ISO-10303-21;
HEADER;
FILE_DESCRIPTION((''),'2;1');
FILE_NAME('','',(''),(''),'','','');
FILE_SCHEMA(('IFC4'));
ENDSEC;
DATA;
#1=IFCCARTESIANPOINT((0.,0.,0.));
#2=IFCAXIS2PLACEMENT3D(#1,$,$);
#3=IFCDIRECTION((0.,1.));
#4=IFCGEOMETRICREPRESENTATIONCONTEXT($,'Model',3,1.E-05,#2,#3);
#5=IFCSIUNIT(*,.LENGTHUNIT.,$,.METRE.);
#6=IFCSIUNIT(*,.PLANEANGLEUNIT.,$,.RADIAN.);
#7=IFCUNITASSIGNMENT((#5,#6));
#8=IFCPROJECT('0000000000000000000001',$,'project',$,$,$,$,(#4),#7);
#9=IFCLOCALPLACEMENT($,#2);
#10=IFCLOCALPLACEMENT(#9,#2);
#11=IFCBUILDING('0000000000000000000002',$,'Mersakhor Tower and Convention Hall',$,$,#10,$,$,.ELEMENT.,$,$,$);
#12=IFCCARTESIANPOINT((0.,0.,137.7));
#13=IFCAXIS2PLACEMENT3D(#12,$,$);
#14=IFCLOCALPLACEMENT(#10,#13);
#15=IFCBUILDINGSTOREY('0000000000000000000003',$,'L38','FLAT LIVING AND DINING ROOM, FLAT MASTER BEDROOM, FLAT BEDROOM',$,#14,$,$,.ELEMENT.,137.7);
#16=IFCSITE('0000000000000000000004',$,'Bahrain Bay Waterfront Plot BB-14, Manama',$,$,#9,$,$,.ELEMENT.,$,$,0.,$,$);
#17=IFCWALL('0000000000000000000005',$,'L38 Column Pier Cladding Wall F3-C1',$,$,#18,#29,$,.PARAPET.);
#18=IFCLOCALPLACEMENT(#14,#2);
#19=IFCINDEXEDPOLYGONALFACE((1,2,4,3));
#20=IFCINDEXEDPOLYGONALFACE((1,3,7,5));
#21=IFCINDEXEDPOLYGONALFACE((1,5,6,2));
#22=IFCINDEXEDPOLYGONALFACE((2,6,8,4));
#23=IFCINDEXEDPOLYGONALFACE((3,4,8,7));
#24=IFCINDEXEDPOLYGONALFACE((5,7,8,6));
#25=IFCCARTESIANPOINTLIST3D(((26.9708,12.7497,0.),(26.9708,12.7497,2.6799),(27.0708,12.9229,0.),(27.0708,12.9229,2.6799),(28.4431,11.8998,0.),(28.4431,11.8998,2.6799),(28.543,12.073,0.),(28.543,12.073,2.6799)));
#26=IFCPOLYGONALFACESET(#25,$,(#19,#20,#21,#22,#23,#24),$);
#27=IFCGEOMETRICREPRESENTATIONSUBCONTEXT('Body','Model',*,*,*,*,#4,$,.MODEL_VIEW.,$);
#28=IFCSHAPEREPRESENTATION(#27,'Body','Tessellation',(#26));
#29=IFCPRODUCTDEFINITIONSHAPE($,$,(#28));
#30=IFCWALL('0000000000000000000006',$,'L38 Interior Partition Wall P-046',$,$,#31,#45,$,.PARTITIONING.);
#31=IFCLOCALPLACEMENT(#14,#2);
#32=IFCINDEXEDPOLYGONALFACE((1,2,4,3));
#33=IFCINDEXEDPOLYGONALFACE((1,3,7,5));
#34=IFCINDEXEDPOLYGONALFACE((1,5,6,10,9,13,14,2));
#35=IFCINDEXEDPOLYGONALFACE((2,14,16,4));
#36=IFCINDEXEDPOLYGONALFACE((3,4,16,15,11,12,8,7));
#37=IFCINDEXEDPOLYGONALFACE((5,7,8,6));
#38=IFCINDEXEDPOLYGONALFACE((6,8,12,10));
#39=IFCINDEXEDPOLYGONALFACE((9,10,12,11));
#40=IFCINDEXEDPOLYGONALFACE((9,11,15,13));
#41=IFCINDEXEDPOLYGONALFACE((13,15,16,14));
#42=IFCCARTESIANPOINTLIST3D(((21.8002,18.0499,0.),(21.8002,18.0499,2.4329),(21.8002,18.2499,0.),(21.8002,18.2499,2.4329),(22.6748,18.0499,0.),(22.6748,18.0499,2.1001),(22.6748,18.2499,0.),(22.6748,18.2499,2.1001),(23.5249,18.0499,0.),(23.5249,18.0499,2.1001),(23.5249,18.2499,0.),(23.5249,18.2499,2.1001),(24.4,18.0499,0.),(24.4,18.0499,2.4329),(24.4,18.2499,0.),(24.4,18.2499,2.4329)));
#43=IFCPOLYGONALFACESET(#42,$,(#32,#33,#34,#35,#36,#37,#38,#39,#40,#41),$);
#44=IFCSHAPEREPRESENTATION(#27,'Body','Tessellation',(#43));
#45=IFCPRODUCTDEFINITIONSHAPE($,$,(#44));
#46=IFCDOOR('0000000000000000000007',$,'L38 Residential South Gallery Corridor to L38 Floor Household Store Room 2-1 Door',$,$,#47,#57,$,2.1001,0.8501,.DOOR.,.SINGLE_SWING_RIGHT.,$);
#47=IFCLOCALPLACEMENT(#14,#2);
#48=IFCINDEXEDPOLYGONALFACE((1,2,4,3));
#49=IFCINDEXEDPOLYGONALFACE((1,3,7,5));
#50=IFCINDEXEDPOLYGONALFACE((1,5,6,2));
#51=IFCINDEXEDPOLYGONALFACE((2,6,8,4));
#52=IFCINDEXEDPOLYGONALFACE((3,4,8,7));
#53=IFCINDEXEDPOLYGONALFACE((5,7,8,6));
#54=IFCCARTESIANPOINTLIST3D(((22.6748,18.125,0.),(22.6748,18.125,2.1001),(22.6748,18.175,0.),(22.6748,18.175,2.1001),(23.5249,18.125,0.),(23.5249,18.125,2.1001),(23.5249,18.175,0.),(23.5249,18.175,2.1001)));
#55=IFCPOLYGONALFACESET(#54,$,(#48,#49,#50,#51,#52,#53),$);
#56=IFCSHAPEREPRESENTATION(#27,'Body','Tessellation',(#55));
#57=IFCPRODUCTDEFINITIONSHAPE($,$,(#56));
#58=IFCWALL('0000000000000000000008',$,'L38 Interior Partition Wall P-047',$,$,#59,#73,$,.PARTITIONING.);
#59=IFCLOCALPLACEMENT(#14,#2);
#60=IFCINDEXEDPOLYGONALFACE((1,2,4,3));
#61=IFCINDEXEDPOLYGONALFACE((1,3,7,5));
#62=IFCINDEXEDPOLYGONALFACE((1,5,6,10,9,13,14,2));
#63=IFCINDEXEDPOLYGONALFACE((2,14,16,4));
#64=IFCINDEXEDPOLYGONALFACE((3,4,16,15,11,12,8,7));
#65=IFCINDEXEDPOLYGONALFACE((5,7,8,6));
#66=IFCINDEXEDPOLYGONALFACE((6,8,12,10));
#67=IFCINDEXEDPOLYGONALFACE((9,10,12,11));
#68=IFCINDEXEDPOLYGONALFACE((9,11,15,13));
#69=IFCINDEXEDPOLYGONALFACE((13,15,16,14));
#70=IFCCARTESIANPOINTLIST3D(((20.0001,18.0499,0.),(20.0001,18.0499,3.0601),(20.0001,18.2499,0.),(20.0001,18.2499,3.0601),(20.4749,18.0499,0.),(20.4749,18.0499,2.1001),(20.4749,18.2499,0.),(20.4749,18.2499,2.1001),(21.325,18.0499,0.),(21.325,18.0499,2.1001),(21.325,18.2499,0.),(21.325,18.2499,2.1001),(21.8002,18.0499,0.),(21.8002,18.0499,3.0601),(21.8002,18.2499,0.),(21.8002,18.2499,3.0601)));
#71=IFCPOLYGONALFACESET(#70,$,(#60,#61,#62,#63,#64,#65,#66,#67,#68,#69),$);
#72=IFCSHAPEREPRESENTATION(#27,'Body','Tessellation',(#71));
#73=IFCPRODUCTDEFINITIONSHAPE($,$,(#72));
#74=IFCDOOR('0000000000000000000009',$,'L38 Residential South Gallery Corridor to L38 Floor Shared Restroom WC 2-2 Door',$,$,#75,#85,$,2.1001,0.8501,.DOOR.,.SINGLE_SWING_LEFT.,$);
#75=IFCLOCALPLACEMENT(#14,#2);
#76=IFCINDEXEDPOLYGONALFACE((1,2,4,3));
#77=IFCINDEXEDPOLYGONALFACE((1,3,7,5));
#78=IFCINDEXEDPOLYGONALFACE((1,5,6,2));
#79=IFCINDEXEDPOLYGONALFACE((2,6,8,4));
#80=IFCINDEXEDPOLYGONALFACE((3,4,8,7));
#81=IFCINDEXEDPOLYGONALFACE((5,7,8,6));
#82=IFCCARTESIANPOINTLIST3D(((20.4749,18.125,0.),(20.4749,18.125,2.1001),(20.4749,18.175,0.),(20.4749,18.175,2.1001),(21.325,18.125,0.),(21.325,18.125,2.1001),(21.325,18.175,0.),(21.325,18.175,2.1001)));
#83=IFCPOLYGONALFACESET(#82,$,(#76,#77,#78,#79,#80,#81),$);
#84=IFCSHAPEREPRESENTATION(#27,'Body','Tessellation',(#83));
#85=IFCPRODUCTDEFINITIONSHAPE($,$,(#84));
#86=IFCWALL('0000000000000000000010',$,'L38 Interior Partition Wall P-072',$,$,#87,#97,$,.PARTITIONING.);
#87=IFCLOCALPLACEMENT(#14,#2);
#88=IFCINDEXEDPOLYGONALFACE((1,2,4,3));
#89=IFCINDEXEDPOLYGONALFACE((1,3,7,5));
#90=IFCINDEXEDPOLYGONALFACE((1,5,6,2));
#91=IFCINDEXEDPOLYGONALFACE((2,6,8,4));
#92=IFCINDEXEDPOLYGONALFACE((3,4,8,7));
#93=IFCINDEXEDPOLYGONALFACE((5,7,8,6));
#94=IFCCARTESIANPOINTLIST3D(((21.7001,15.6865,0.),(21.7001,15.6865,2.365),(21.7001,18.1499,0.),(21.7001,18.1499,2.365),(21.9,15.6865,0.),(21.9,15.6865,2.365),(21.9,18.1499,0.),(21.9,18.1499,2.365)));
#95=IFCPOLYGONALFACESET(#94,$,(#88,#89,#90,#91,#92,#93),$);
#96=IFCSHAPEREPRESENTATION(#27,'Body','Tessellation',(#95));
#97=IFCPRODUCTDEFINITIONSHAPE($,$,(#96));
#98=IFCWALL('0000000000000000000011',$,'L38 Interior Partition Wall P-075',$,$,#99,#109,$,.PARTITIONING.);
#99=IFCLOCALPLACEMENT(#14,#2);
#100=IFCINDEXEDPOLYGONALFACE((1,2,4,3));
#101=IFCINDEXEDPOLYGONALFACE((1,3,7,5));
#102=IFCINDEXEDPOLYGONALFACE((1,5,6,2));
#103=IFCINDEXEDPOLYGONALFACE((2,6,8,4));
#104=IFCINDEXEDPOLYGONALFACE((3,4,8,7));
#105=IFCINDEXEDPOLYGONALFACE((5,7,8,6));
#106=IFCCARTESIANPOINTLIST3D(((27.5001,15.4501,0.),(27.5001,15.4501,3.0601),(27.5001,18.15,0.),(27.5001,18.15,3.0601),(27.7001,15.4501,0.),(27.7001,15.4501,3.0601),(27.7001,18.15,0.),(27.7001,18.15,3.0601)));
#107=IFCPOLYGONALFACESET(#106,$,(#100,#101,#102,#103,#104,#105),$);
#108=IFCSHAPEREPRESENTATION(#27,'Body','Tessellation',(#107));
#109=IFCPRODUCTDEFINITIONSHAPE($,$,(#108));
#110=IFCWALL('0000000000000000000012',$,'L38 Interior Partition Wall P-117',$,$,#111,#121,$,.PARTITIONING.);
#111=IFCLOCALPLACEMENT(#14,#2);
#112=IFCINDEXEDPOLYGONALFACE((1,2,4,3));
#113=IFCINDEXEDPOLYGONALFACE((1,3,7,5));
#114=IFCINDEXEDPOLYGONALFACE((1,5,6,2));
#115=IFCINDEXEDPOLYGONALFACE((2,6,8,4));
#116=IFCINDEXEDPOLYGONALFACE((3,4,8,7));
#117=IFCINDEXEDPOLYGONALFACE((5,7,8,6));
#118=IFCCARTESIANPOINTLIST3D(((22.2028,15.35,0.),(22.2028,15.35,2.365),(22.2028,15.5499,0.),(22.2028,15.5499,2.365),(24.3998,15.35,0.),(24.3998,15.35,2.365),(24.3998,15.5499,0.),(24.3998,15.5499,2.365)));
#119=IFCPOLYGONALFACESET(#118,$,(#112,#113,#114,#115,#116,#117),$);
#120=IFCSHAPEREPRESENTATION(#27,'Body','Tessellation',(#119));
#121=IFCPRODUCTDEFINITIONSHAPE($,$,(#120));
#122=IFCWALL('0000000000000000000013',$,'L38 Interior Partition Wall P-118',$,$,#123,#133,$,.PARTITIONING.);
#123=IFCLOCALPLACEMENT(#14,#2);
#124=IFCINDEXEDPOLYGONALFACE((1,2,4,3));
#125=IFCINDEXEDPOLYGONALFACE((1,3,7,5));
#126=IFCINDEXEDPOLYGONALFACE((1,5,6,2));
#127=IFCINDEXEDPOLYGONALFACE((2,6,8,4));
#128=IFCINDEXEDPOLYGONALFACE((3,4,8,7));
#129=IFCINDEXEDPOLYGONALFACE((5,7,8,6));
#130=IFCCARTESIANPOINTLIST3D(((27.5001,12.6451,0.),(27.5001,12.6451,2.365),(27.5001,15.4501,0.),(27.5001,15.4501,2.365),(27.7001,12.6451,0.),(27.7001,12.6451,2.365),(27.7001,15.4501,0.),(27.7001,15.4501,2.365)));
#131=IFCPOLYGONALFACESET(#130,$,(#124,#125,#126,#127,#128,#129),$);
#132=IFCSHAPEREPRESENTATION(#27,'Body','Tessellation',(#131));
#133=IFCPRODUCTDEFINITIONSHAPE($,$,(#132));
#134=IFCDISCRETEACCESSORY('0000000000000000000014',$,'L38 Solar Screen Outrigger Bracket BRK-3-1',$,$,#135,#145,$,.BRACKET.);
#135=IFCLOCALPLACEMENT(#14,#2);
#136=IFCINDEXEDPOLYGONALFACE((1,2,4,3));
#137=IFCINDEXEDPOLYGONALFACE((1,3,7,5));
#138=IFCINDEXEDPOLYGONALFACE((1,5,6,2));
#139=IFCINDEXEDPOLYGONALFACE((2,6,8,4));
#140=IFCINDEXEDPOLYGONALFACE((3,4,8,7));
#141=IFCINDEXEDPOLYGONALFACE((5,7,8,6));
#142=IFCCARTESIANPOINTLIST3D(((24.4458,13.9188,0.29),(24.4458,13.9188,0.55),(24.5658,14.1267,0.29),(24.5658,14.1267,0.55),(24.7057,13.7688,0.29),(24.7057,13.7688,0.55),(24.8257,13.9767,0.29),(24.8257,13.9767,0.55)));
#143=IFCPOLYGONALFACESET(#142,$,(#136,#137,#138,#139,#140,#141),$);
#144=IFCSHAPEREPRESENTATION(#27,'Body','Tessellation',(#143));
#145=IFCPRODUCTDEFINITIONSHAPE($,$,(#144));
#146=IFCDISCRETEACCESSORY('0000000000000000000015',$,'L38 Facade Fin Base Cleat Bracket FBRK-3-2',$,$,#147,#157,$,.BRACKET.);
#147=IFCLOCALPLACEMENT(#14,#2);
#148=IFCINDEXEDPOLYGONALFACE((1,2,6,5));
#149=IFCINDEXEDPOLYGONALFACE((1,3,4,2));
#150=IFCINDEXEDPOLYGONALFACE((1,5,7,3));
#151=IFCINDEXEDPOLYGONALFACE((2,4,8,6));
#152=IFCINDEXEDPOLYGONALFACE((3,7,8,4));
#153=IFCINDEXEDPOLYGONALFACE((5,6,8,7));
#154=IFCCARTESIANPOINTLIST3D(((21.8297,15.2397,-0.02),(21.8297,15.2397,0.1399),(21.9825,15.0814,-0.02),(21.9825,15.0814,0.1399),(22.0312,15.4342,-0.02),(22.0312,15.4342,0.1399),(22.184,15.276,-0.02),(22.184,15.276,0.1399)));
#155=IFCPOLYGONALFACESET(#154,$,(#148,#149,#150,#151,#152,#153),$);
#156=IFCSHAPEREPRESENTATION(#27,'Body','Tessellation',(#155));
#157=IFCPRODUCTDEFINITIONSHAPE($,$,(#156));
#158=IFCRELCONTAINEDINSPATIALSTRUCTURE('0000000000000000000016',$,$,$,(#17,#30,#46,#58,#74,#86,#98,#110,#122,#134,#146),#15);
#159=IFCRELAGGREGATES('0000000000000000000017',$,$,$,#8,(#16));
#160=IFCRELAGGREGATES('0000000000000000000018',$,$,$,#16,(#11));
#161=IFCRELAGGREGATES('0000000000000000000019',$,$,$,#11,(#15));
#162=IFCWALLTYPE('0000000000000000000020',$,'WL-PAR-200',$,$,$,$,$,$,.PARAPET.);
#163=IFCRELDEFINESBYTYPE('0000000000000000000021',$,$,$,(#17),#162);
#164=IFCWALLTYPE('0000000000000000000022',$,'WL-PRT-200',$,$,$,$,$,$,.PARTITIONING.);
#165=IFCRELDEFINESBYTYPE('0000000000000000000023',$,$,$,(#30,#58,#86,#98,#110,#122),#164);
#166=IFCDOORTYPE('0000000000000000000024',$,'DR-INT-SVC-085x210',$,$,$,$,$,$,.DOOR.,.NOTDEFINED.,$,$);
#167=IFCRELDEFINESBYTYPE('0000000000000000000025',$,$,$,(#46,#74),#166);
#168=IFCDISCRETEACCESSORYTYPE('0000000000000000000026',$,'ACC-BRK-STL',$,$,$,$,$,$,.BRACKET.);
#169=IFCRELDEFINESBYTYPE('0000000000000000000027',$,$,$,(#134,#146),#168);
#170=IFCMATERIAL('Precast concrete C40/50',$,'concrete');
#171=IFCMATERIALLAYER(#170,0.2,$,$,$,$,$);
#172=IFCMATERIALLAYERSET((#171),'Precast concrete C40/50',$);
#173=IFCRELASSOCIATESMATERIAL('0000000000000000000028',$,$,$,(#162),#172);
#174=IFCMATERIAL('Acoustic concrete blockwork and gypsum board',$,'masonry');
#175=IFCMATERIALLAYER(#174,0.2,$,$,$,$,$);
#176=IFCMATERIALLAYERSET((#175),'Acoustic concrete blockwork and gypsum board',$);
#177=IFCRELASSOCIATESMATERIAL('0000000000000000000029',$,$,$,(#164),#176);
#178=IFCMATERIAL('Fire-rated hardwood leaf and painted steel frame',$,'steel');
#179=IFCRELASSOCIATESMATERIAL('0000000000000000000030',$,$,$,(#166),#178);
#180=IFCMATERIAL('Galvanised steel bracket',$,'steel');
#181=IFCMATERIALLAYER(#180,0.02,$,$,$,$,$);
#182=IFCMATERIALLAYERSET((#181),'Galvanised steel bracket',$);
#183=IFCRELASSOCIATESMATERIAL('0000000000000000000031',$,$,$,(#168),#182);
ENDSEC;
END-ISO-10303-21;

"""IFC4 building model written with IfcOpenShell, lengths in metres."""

from ifc_helpers import new_model, si_unit, direction, frame, frame_2d, origin, origin_2d, place, context, subcontext, project, spatial, rectangle, extrude, material, layer, layer_set, type_object, element, fill, save


model = new_model("IFC4")

# Units and contexts
model_context = context("Model", 3, precision=1e-05, world=origin(), true_north=direction((0.0, 1.0)))
body_context = subcontext(model_context, "Body", "Model", "MODEL_VIEW")
ifc_project = project(units=[si_unit("LENGTHUNIT", "METRE"), si_unit("PLANEANGLEUNIT", "RADIAN")], contexts=[model_context])

# Site, building, storey
site_placement = place(None, origin())
site = spatial("IfcSite", under=ifc_project, at=site_placement, Name="Bahrain Bay Waterfront Plot BB-14, Manama", CompositionType="ELEMENT", RefElevation=0.0)
building_placement = place(site_placement, origin())
building = spatial("IfcBuilding", under=site, at=building_placement, Name="Mersakhor Tower and Convention Hall", CompositionType="ELEMENT")
storey_placement = place(building_placement, frame((0.0, 0.0, 137.7)))
storey = spatial("IfcBuildingStorey", under=building, at=storey_placement, Name="L38", Description="FLAT LIVING AND DINING ROOM, FLAT MASTER BEDROOM, FLAT BEDROOM", CompositionType="ELEMENT", Elevation=137.7)

# Wall
ifc_material_1 = material(Name="Precast concrete C40/50", Category="concrete")
ifc_layer_1 = layer(ifc_material_1, 0.2)
ifc_layer_set_1 = layer_set([ifc_layer_1], Name="Precast concrete C40/50")
wall_type_1 = type_object("IfcWallType", Name="WL-PAR-200", PredefinedType="PARAPET", material=ifc_layer_set_1)
wall_1_placement = place(storey_placement, frame((28.4932, 11.9863, 0.0), z_axis=(0.0, 0.0, 1.0), x_axis=(-0.866052, 0.499955, 0.0)))
element("IfcWall", 1, at=wall_1_placement, inside=storey, type_object=wall_type_1, Name="L38 Column Pier Cladding Wall F3-C1", PredefinedType="PARAPET", context=body_context, shape_type="SweptSolid", body=[
    extrude(rectangle(XDim=1.7, YDim=0.2, at=frame_2d((0.8501, 0.0))), origin(), (0.0, 0.0, 1.0), 2.6799),
])

# Walls, openings, doors
ifc_material_2 = material(Name="Acoustic concrete blockwork and gypsum board", Category="masonry")
ifc_layer_2 = layer(ifc_material_2, 0.2)
ifc_layer_set_2 = layer_set([ifc_layer_2], Name="Acoustic concrete blockwork and gypsum board")
wall_type_2 = type_object("IfcWallType", Name="WL-PRT-200", PredefinedType="PARTITIONING", material=ifc_layer_set_2)
wall_2_placement = place(storey_placement, frame((24.3999, 18.1499, 0.0), z_axis=(0.0, 0.0, 1.0), x_axis=(-1.0, 0.0, 0.0)))
wall_2 = element("IfcWall", 2, at=wall_2_placement, inside=storey, type_object=wall_type_2, Name="L38 Interior Partition Wall P-046", PredefinedType="PARTITIONING", context=body_context, shape_type="SweptSolid", body=[
    extrude(rectangle(XDim=2.5999, YDim=0.2, at=frame_2d((1.2998, 0.0))), origin(), (0.0, 0.0, 1.0), 2.4329),
])
opening_1_placement = place(wall_2_placement, frame((0.875, 0.0, 0.0)))
opening_1 = element("IfcOpeningElement", 3, at=opening_1_placement, cuts=wall_2, PredefinedType="OPENING", context=body_context, shape_type="SweptSolid", body=[
    extrude(rectangle(XDim=0.8501, YDim=2.1001, at=frame_2d((0.425, 1.05))), frame((0.0, 0.1099, 0.0), z_axis=(0.0, -1.0, 0.0), x_axis=(1.0, 0.0, 0.0)), (0.0, 0.0, 1.0), 0.22),
])
ifc_material_3 = material(Name="Fire-rated hardwood leaf and painted steel frame", Category="steel")
door_type = type_object("IfcDoorType", Name="DR-INT-SVC-085x210", OperationType="NOTDEFINED", PredefinedType="DOOR", material=ifc_material_3)
door_1_placement = place(opening_1_placement, origin())
door_1 = element("IfcDoor", 4, at=door_1_placement, inside=storey, type_object=door_type, Name="L38 Residential South Gallery Corridor to L38 Floor Household Store Room 2-1 Door", OperationType="SINGLE_SWING_RIGHT", OverallHeight=2.1001, OverallWidth=0.8501, PredefinedType="DOOR", context=body_context, shape_type="SweptSolid", body=[
    extrude(rectangle(XDim=0.8501, YDim=2.1001, at=frame_2d((0.425, 1.05))), frame((0.0, 0.0249, 0.0), z_axis=(0.0, -1.0, 0.0), x_axis=(1.0, 0.0, 0.0)), (0.0, 0.0, 1.0), 0.05),
])
fill(opening_1, door_1)
wall_3_placement = place(storey_placement, frame((21.8, 18.1499, 0.0), z_axis=(0.0, 0.0, 1.0), x_axis=(-1.0, 0.0, 0.0)))
wall_3 = element("IfcWall", 5, at=wall_3_placement, inside=storey, type_object=wall_type_2, Name="L38 Interior Partition Wall P-047", PredefinedType="PARTITIONING", context=body_context, shape_type="SweptSolid", body=[
    extrude(rectangle(XDim=1.8, YDim=0.2, at=frame_2d((0.8999, 0.0))), origin(), (0.0, 0.0, 1.0), 3.0601),
])
opening_2_placement = place(wall_3_placement, frame((0.4751, 0.0, 0.0)))
opening_2 = element("IfcOpeningElement", 6, at=opening_2_placement, cuts=wall_3, PredefinedType="OPENING", context=body_context, shape_type="SweptSolid", body=[
    extrude(rectangle(XDim=0.8501, YDim=2.1001, at=frame_2d((0.425, 1.05))), frame((0.0, 0.1099, 0.0), z_axis=(0.0, -1.0, 0.0), x_axis=(1.0, 0.0, 0.0)), (0.0, 0.0, 1.0), 0.22),
])
door_2_placement = place(opening_2_placement, origin())
door_2 = element("IfcDoor", 7, at=door_2_placement, inside=storey, type_object=door_type, Name="L38 Residential South Gallery Corridor to L38 Floor Shared Restroom WC 2-2 Door", OperationType="SINGLE_SWING_LEFT", OverallHeight=2.1001, OverallWidth=0.8501, PredefinedType="DOOR", context=body_context, shape_type="SweptSolid", body=[
    extrude(rectangle(XDim=0.8501, YDim=2.1001, at=frame_2d((0.425, 1.05))), frame((0.0, 0.0249, 0.0), z_axis=(0.0, -1.0, 0.0), x_axis=(1.0, 0.0, 0.0)), (0.0, 0.0, 1.0), 0.05),
])
fill(opening_2, door_2)

# Walls
wall_4_placement = place(storey_placement, frame((21.8, 18.1499, 0.0), z_axis=(0.0, 0.0, 1.0), x_axis=(0.0, -1.0, 0.0)))
element("IfcWall", 8, at=wall_4_placement, inside=storey, type_object=wall_type_2, Name="L38 Interior Partition Wall P-072", PredefinedType="PARTITIONING", context=body_context, shape_type="SweptSolid", body=[
    extrude(rectangle(XDim=2.4634, YDim=0.2, at=frame_2d((1.2317, 0.0))), origin(), (0.0, 0.0, 1.0), 2.365),
])
wall_5_placement = place(storey_placement, frame((27.6001, 15.45, 0.0), z_axis=(0.0, 0.0, 1.0), x_axis=(0.0, 1.0, 0.0)))
element("IfcWall", 9, at=wall_5_placement, inside=storey, type_object=wall_type_2, Name="L38 Interior Partition Wall P-075", PredefinedType="PARTITIONING", context=body_context, shape_type="SweptSolid", body=[
    extrude(rectangle(XDim=2.7, YDim=0.2, at=frame_2d((1.3501, 0.0))), origin(), (0.0, 0.0, 1.0), 3.0601),
])
wall_6_placement = place(storey_placement, frame((24.3999, 15.45, 0.0), z_axis=(0.0, 0.0, 1.0), x_axis=(-1.0, 0.0, 0.0)))
element("IfcWall", 10, at=wall_6_placement, inside=storey, type_object=wall_type_2, Name="L38 Interior Partition Wall P-117", PredefinedType="PARTITIONING", context=body_context, shape_type="SweptSolid", body=[
    extrude(rectangle(XDim=2.197, YDim=0.2, at=frame_2d((1.0986, 0.0))), origin(), (0.0, 0.0, 1.0), 2.365),
])
wall_7_placement = place(storey_placement, frame((27.6001, 15.45, 0.0), z_axis=(0.0, 0.0, 1.0), x_axis=(0.0, -1.0, 0.0)))
element("IfcWall", 11, at=wall_7_placement, inside=storey, type_object=wall_type_2, Name="L38 Interior Partition Wall P-118", PredefinedType="PARTITIONING", context=body_context, shape_type="SweptSolid", body=[
    extrude(rectangle(XDim=2.8049, YDim=0.2, at=frame_2d((1.4023, 0.0))), origin(), (0.0, 0.0, 1.0), 2.365),
])

# Discrete accessories
ifc_material_4 = material(Name="Galvanised steel bracket", Category="steel")
ifc_layer_3 = layer(ifc_material_4, 0.02)
ifc_layer_set_3 = layer_set([ifc_layer_3], Name="Galvanised steel bracket")
discrete_accessory_type = type_object("IfcDiscreteAccessoryType", Name="ACC-BRK-STL", PredefinedType="BRACKET", material=ifc_layer_set_3)
discrete_accessory_1_placement = place(storey_placement, frame((24.6357, 13.9478, 0.29), z_axis=(0.0, 0.0, 1.0), x_axis=(-0.866025, 0.5, 0.0)))
element("IfcDiscreteAccessory", 12, at=discrete_accessory_1_placement, inside=storey, type_object=discrete_accessory_type, Name="L38 Solar Screen Outrigger Bracket BRK-3-1", PredefinedType="BRACKET", context=body_context, shape_type="SweptSolid", body=[
    extrude(rectangle(XDim=0.3, YDim=0.24, at=origin_2d()), origin(), (0.0, 0.0, 1.0), 0.26),
])
discrete_accessory_2_placement = place(storey_placement, frame((22.0068, 15.2578, -0.02), z_axis=(0.0, 0.0, 1.0), x_axis=(-0.71934, -0.694658, 0.0)))
element("IfcDiscreteAccessory", 13, at=discrete_accessory_2_placement, inside=storey, type_object=discrete_accessory_type, Name="L38 Facade Fin Base Cleat Bracket FBRK-3-2", PredefinedType="BRACKET", context=body_context, shape_type="SweptSolid", body=[
    extrude(rectangle(XDim=0.28, YDim=0.22, at=origin_2d()), origin(), (0.0, 0.0, 1.0), 0.1599),
])

save(model, "model.ifc")
